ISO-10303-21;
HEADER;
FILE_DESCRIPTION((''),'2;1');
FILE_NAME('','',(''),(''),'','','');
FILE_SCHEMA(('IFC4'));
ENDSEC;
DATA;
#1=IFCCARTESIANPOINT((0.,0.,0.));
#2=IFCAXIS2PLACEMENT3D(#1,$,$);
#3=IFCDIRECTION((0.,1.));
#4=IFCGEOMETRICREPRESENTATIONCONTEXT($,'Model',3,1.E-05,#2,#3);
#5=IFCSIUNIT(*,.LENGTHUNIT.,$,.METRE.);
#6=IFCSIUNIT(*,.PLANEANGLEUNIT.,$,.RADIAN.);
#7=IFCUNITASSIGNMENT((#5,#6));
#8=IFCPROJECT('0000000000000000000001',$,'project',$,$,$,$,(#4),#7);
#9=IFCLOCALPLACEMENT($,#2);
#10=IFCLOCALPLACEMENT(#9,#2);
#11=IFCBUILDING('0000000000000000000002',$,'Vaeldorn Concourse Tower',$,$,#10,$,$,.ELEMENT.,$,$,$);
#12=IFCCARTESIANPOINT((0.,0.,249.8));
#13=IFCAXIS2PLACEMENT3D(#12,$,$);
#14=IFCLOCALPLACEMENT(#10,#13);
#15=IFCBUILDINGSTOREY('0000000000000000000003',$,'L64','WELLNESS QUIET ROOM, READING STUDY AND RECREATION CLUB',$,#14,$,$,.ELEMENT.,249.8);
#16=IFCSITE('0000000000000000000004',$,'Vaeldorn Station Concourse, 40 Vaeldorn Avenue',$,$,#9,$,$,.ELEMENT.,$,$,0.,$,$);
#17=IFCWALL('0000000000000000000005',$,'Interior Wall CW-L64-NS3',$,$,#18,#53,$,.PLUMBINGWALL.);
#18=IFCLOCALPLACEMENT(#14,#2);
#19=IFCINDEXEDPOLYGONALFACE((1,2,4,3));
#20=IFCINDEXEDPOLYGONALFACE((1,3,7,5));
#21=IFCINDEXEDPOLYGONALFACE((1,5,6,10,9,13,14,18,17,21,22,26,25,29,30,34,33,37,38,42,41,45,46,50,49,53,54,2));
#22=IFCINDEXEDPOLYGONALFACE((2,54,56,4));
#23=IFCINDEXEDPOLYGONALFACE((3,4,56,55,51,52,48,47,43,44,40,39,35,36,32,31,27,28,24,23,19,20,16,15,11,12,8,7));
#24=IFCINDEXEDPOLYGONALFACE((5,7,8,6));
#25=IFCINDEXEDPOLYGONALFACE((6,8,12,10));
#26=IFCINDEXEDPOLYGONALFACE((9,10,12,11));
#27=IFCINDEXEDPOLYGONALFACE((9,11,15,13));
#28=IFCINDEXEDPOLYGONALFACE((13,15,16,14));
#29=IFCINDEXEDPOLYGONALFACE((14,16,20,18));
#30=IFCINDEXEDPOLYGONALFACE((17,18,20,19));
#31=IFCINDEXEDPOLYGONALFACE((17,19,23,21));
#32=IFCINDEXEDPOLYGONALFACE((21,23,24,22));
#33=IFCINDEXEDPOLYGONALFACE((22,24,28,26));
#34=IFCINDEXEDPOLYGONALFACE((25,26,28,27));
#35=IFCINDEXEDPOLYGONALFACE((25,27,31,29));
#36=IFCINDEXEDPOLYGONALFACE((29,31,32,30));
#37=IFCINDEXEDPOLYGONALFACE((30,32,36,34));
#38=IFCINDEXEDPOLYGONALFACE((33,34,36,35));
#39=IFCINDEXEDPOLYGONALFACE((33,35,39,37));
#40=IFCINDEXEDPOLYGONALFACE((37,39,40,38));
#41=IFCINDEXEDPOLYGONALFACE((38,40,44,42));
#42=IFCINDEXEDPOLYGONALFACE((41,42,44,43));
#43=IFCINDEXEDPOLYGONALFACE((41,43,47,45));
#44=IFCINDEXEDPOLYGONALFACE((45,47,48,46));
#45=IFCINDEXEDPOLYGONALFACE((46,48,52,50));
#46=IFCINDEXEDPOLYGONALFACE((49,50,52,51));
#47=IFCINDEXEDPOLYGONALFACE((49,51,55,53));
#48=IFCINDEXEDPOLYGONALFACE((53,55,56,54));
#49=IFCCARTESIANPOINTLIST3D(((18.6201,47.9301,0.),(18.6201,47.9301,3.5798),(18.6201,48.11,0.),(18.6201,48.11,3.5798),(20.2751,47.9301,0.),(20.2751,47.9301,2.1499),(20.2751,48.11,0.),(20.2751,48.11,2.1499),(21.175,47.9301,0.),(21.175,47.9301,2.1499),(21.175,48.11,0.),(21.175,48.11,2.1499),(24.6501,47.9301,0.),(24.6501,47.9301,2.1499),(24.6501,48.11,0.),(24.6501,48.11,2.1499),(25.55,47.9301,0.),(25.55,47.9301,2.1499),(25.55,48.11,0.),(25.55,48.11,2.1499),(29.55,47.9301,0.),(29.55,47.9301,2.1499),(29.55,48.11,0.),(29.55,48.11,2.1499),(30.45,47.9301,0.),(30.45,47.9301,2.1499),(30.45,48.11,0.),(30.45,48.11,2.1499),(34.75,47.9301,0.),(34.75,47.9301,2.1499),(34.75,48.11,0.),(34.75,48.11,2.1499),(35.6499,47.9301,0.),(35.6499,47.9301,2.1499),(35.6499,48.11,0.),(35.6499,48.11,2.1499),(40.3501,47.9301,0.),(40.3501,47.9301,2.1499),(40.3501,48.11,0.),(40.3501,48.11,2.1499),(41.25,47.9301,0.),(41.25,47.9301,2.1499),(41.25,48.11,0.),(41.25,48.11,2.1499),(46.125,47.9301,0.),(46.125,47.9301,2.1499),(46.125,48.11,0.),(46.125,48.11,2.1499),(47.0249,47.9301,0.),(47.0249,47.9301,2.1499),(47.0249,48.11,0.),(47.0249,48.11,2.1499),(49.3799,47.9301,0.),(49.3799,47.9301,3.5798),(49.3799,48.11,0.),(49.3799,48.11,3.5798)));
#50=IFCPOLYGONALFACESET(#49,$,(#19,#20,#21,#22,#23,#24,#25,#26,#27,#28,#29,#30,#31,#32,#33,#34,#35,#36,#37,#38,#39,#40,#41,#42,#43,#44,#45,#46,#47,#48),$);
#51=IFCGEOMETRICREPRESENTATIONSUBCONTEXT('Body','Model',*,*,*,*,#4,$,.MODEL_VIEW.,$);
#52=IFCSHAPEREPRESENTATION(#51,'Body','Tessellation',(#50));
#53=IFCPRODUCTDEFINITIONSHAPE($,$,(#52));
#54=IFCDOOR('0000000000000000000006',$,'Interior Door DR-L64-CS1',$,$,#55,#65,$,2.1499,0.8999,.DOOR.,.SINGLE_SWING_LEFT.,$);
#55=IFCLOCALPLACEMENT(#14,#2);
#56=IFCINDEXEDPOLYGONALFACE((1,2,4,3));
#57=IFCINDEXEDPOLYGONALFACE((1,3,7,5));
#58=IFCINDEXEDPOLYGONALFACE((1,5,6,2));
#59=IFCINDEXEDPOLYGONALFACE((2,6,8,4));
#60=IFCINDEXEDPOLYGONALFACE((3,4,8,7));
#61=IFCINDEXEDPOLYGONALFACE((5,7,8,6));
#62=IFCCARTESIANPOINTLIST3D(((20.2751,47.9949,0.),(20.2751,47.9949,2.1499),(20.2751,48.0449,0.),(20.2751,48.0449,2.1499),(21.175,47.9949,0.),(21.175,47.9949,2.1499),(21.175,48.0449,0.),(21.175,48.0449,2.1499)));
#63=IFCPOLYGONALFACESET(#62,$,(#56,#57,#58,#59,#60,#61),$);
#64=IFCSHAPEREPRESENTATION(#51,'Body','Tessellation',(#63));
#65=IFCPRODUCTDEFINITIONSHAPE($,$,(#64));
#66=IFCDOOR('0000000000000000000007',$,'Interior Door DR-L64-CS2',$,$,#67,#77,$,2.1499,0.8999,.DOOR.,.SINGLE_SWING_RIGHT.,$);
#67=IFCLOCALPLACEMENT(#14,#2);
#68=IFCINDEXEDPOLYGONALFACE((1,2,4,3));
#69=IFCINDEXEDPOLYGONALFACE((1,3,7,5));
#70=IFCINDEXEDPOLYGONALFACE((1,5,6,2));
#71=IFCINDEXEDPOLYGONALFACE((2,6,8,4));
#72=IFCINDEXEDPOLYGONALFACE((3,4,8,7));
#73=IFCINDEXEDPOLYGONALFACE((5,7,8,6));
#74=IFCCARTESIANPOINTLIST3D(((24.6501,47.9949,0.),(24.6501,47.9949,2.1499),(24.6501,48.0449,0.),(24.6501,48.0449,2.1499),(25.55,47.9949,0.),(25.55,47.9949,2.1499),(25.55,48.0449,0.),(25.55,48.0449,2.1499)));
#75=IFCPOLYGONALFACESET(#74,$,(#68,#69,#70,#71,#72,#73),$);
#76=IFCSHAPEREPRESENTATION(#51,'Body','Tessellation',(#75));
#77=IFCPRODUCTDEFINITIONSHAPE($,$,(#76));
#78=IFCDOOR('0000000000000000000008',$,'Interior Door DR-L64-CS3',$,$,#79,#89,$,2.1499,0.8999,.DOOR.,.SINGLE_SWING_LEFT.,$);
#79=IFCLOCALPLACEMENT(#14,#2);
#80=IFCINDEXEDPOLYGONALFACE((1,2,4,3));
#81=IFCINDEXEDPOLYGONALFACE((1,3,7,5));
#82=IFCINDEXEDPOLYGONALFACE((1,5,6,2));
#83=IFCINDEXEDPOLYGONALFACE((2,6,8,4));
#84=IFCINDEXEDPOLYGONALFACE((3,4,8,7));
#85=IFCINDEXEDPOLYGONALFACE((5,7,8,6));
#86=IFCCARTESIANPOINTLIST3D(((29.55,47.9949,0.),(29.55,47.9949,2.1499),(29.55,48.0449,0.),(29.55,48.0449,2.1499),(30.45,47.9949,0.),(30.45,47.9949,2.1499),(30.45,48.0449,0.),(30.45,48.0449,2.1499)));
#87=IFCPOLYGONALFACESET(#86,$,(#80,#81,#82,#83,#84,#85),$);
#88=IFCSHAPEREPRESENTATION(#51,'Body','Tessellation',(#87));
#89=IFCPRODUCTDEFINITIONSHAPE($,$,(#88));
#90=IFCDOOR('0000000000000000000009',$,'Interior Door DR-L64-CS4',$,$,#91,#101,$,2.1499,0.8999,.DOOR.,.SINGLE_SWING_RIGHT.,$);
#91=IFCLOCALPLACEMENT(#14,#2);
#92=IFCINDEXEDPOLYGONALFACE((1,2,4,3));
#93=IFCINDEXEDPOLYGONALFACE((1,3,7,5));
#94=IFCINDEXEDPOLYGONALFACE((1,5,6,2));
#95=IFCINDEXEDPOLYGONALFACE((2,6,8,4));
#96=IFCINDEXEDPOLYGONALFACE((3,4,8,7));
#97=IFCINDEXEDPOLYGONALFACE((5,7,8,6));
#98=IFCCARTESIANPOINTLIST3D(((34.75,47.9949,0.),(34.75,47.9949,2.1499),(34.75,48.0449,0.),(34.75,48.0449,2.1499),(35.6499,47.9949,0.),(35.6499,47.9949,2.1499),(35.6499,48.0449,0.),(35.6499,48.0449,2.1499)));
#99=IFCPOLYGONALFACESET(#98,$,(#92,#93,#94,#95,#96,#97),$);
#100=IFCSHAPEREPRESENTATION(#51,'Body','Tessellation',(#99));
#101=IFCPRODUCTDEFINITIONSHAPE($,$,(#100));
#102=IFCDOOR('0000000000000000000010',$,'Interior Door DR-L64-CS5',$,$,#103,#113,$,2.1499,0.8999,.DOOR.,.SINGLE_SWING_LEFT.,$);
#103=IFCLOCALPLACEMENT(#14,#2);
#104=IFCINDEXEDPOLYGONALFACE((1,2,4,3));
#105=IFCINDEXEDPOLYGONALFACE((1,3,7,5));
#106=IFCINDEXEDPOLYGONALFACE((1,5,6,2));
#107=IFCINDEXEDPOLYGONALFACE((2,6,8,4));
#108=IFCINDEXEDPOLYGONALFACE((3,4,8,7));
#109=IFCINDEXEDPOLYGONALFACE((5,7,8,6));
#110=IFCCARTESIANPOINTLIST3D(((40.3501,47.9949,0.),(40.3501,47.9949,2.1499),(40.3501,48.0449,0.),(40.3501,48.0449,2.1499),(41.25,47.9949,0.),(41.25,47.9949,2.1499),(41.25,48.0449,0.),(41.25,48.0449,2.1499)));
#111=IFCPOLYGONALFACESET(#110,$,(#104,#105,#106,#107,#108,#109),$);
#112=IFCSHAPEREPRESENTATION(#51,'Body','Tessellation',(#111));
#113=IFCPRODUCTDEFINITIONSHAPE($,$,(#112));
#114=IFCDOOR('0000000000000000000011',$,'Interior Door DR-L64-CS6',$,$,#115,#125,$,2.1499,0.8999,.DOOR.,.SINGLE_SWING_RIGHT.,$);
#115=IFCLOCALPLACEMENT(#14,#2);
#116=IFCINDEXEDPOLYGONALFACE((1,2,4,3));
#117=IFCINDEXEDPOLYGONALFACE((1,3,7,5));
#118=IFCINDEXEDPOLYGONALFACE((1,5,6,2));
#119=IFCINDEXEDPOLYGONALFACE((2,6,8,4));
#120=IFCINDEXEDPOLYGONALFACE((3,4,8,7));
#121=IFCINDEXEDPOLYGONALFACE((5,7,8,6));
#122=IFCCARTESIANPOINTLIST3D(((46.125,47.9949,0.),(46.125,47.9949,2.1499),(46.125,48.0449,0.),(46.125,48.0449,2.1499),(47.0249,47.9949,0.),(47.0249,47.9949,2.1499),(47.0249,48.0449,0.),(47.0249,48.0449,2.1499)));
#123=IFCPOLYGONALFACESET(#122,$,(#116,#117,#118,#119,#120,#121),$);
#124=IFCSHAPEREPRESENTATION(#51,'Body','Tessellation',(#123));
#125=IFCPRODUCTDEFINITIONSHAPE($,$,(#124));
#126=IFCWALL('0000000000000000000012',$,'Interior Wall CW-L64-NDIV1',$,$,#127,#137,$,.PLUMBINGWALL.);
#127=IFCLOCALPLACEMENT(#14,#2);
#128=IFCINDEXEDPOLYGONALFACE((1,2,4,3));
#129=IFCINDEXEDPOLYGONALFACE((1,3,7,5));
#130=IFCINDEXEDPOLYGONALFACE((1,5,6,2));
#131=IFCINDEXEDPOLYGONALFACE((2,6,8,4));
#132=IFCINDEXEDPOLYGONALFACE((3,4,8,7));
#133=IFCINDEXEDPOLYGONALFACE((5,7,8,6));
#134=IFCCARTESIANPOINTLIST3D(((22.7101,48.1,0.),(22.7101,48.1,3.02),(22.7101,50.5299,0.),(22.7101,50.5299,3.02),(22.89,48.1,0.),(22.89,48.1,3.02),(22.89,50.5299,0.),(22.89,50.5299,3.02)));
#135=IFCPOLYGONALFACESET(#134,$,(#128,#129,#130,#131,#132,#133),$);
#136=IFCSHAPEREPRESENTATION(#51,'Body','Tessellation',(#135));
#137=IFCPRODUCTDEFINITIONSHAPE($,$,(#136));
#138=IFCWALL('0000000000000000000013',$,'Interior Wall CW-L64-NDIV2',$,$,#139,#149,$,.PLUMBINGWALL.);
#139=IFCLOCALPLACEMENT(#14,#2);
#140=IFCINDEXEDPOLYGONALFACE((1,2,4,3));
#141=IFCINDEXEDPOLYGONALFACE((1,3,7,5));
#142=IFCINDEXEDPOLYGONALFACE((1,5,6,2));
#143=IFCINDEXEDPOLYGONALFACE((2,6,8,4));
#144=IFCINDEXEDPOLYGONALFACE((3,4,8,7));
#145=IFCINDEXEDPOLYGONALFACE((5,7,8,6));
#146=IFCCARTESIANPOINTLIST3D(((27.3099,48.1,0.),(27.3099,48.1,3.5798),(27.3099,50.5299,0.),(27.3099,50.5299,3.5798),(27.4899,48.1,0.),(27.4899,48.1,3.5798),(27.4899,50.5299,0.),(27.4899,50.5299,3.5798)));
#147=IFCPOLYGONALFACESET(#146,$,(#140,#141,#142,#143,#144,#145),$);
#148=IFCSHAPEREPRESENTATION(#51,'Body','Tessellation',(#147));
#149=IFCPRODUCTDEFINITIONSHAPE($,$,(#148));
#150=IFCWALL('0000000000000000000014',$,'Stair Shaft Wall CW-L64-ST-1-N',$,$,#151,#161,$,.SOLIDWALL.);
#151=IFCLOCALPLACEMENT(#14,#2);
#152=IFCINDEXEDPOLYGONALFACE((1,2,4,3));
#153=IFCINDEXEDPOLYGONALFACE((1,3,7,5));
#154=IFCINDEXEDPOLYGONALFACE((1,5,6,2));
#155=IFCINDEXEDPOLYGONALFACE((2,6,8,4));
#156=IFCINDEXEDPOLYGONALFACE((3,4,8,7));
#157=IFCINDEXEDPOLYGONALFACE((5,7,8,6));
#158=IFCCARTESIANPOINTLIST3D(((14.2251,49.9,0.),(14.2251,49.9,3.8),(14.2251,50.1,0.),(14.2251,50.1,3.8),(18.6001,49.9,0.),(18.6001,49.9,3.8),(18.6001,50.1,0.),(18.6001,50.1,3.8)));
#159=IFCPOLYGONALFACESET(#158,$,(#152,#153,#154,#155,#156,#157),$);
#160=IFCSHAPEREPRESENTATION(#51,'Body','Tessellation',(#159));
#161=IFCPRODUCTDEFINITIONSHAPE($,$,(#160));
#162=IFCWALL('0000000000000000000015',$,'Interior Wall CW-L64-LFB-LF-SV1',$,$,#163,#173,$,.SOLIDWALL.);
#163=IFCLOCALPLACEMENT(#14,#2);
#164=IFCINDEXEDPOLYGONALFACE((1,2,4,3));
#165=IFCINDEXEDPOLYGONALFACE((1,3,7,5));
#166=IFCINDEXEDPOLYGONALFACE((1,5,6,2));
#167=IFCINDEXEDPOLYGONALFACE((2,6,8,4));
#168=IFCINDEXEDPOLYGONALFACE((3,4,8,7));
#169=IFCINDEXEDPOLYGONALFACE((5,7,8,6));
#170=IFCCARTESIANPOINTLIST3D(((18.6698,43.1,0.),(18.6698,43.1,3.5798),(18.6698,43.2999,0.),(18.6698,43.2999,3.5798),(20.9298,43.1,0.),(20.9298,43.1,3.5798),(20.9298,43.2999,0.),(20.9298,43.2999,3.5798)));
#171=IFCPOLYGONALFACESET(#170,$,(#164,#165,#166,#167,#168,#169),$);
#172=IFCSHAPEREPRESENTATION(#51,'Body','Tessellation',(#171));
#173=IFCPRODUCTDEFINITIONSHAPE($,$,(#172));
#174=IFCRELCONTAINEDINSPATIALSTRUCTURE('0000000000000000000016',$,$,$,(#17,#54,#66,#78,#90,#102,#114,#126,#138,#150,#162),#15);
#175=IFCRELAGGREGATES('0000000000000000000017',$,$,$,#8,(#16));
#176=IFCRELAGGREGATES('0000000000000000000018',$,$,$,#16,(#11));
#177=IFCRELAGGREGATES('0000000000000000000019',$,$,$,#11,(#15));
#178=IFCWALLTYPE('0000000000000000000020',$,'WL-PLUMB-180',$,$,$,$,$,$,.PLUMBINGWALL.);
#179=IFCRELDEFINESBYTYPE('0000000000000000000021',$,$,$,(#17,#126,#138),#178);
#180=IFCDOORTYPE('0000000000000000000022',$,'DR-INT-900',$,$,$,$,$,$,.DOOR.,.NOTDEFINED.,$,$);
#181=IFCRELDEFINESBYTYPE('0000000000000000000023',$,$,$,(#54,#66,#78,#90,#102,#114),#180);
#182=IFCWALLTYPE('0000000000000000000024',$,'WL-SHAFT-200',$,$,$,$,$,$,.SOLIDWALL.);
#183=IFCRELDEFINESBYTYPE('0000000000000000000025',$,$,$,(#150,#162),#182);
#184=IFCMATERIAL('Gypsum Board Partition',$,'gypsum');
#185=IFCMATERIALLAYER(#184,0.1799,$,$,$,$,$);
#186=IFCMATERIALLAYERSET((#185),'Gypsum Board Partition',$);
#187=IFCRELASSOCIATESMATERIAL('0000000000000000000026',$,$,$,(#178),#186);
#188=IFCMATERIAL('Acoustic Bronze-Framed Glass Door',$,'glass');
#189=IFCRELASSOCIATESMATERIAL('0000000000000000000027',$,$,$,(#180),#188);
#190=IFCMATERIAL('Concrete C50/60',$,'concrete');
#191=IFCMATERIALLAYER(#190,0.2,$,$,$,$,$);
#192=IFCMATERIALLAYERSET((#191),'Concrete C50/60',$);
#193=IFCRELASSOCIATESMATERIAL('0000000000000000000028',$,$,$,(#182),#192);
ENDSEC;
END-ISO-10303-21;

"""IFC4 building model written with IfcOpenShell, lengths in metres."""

from ifc_helpers import new_model, si_unit, direction, frame, frame_2d, origin, place, context, subcontext, project, spatial, rectangle, extrude, source, transform, mapped, material, layer, layer_set, type_object, element, fill, save


model = new_model("IFC4")

# Units and contexts
model_context = context("Model", 3, precision=1e-05, world=origin(), true_north=direction((0.0, 1.0)))
body_context = subcontext(model_context, "Body", "Model", "MODEL_VIEW")
ifc_project = project(units=[si_unit("LENGTHUNIT", "METRE"), si_unit("PLANEANGLEUNIT", "RADIAN")], contexts=[model_context])

# Site, building, storey
site_placement = place(None, origin())
site = spatial("IfcSite", under=ifc_project, at=site_placement, Name="Vaeldorn Station Concourse, 40 Vaeldorn Avenue", CompositionType="ELEMENT", RefElevation=0.0)
building_placement = place(site_placement, origin())
building = spatial("IfcBuilding", under=site, at=building_placement, Name="Vaeldorn Concourse Tower", CompositionType="ELEMENT")
storey_placement = place(building_placement, frame((0.0, 0.0, 249.8)))
storey = spatial("IfcBuildingStorey", under=building, at=storey_placement, Name="L64", Description="WELLNESS QUIET ROOM, READING STUDY AND RECREATION CLUB", CompositionType="ELEMENT", Elevation=249.8)

# Shared definitions
ifc_material_1 = material(Name="Concrete C50/60", Category="concrete")
ifc_material_2 = material(Name="Gypsum Board Partition", Category="gypsum")

# Wall, openings, doors
ifc_layer_1 = layer(ifc_material_2, 0.1799)
ifc_layer_set_1 = layer_set([ifc_layer_1], Name="Gypsum Board Partition")
wall_type_1 = type_object("IfcWallType", Name="WL-PLUMB-180", PredefinedType="PLUMBINGWALL", material=ifc_layer_set_1)
wall_1_placement = place(storey_placement, frame((18.6201, 48.02, 0.0), z_axis=(0.0, 0.0, 1.0), x_axis=(1.0, 0.0, 0.0)))
wall_1 = element("IfcWall", 1, at=wall_1_placement, inside=storey, type_object=wall_type_1, Name="Interior Wall CW-L64-NS3", PredefinedType="PLUMBINGWALL", context=body_context, shape_type="SweptSolid", body=[
    extrude(rectangle(XDim=30.7598, YDim=0.1799, at=frame_2d((15.3799, 0.0))), origin(), (0.0, 0.0, 1.0), 3.5798),
])
opening_1_placement = place(wall_1_placement, frame((1.655, 0.0, 0.0)))
opening_1 = element("IfcOpeningElement", 2, at=opening_1_placement, cuts=wall_1, PredefinedType="OPENING", context=body_context, shape_type="SweptSolid", body=[
    extrude(rectangle(XDim=0.8999, YDim=2.1499, at=frame_2d((0.45, 1.075))), frame((0.0, 0.1001, 0.0), z_axis=(0.0, -1.0, 0.0), x_axis=(1.0, 0.0, 0.0)), (0.0, 0.0, 1.0), 0.2),
])
opening_2_placement = place(wall_1_placement, frame((6.03, 0.0, 0.0)))
opening_2 = element("IfcOpeningElement", 3, at=opening_2_placement, cuts=wall_1, PredefinedType="OPENING", context=body_context, shape_type="SweptSolid", body=[
    extrude(rectangle(XDim=0.8999, YDim=2.1499, at=frame_2d((0.45, 1.075))), frame((0.0, 0.1001, 0.0), z_axis=(0.0, -1.0, 0.0), x_axis=(1.0, 0.0, 0.0)), (0.0, 0.0, 1.0), 0.2),
])
opening_3_placement = place(wall_1_placement, frame((10.9299, 0.0, 0.0)))
opening_3 = element("IfcOpeningElement", 4, at=opening_3_placement, cuts=wall_1, PredefinedType="OPENING", context=body_context, shape_type="SweptSolid", body=[
    extrude(rectangle(XDim=0.8999, YDim=2.1499, at=frame_2d((0.45, 1.075))), frame((0.0, 0.1001, 0.0), z_axis=(0.0, -1.0, 0.0), x_axis=(1.0, 0.0, 0.0)), (0.0, 0.0, 1.0), 0.2),
])
opening_4_placement = place(wall_1_placement, frame((16.1299, 0.0, 0.0)))
opening_4 = element("IfcOpeningElement", 5, at=opening_4_placement, cuts=wall_1, PredefinedType="OPENING", context=body_context, shape_type="SweptSolid", body=[
    extrude(rectangle(XDim=0.8999, YDim=2.1499, at=frame_2d((0.45, 1.075))), frame((0.0, 0.1001, 0.0), z_axis=(0.0, -1.0, 0.0), x_axis=(1.0, 0.0, 0.0)), (0.0, 0.0, 1.0), 0.2),
])
opening_5_placement = place(wall_1_placement, frame((21.73, 0.0, 0.0)))
opening_5 = element("IfcOpeningElement", 6, at=opening_5_placement, cuts=wall_1, PredefinedType="OPENING", context=body_context, shape_type="SweptSolid", body=[
    extrude(rectangle(XDim=0.8999, YDim=2.1499, at=frame_2d((0.45, 1.075))), frame((0.0, 0.1001, 0.0), z_axis=(0.0, -1.0, 0.0), x_axis=(1.0, 0.0, 0.0)), (0.0, 0.0, 1.0), 0.2),
])
opening_6_placement = place(wall_1_placement, frame((27.5049, 0.0, 0.0)))
opening_6 = element("IfcOpeningElement", 7, at=opening_6_placement, cuts=wall_1, PredefinedType="OPENING", context=body_context, shape_type="SweptSolid", body=[
    extrude(rectangle(XDim=0.8999, YDim=2.1499, at=frame_2d((0.45, 1.075))), frame((0.0, 0.1001, 0.0), z_axis=(0.0, -1.0, 0.0), x_axis=(1.0, 0.0, 0.0)), (0.0, 0.0, 1.0), 0.2),
])
ifc_material_3 = material(Name="Acoustic Bronze-Framed Glass Door", Category="glass")
door_type_1 = type_object("IfcDoorType", Name="DR-INT-900", OperationType="NOTDEFINED", PredefinedType="DOOR", material=ifc_material_3)
shared_shape_1 = source(origin(), body_context, "Body", "SweptSolid", [
    extrude(rectangle(XDim=0.8999, YDim=2.1499, at=frame_2d((0.45, 1.075))), frame((0.0, 0.0249, 0.0), z_axis=(0.0, -1.0, 0.0), x_axis=(1.0, 0.0, 0.0)), (0.0, 0.0, 1.0), 0.05),
])
door_1_placement = place(opening_1_placement, origin())
door_1 = element("IfcDoor", 8, at=door_1_placement, inside=storey, type_object=door_type_1, Name="Interior Door DR-L64-CS1", OperationType="SINGLE_SWING_LEFT", OverallHeight=2.1499, OverallWidth=0.8999, PredefinedType="DOOR", context=body_context, shape_type="MappedRepresentation", body=[
    mapped(shared_shape_1, transform((0.0, 0.0, 0.0), scale=1.0)),
])
fill(opening_1, door_1)
door_2_placement = place(opening_2_placement, origin())
door_2 = element("IfcDoor", 9, at=door_2_placement, inside=storey, type_object=door_type_1, Name="Interior Door DR-L64-CS2", OperationType="SINGLE_SWING_RIGHT", OverallHeight=2.1499, OverallWidth=0.8999, PredefinedType="DOOR", context=body_context, shape_type="MappedRepresentation", body=[
    mapped(shared_shape_1, transform((0.0, 0.0, 0.0), scale=1.0)),
])
fill(opening_2, door_2)
door_3_placement = place(opening_3_placement, origin())
door_3 = element("IfcDoor", 10, at=door_3_placement, inside=storey, type_object=door_type_1, Name="Interior Door DR-L64-CS3", OperationType="SINGLE_SWING_LEFT", OverallHeight=2.1499, OverallWidth=0.8999, PredefinedType="DOOR", context=body_context, shape_type="MappedRepresentation", body=[
    mapped(shared_shape_1, transform((0.0, 0.0, 0.0), scale=1.0)),
])
fill(opening_3, door_3)
door_4_placement = place(opening_4_placement, origin())
door_4 = element("IfcDoor", 11, at=door_4_placement, inside=storey, type_object=door_type_1, Name="Interior Door DR-L64-CS4", OperationType="SINGLE_SWING_RIGHT", OverallHeight=2.1499, OverallWidth=0.8999, PredefinedType="DOOR", context=body_context, shape_type="MappedRepresentation", body=[
    mapped(shared_shape_1, transform((0.0, 0.0, 0.0), scale=1.0)),
])
fill(opening_4, door_4)
door_5_placement = place(opening_5_placement, origin())
door_5 = element("IfcDoor", 12, at=door_5_placement, inside=storey, type_object=door_type_1, Name="Interior Door DR-L64-CS5", OperationType="SINGLE_SWING_LEFT", OverallHeight=2.1499, OverallWidth=0.8999, PredefinedType="DOOR", context=body_context, shape_type="MappedRepresentation", body=[
    mapped(shared_shape_1, transform((0.0, 0.0, 0.0), scale=1.0)),
])
fill(opening_5, door_5)
door_6_placement = place(opening_6_placement, origin())
door_6 = element("IfcDoor", 13, at=door_6_placement, inside=storey, type_object=door_type_1, Name="Interior Door DR-L64-CS6", OperationType="SINGLE_SWING_RIGHT", OverallHeight=2.1499, OverallWidth=0.8999, PredefinedType="DOOR", context=body_context, shape_type="MappedRepresentation", body=[
    mapped(shared_shape_1, transform((0.0, 0.0, 0.0), scale=1.0)),
])
fill(opening_6, door_6)

# Walls
wall_2_placement = place(storey_placement, frame((22.8, 48.1001, 0.0), z_axis=(0.0, 0.0, 1.0), x_axis=(0.0, 1.0, 0.0)))
element("IfcWall", 14, at=wall_2_placement, inside=storey, type_object=wall_type_1, Name="Interior Wall CW-L64-NDIV1", PredefinedType="PLUMBINGWALL", context=body_context, shape_type="SweptSolid", body=[
    extrude(rectangle(XDim=2.4299, YDim=0.1799, at=frame_2d((1.2148, 0.0))), origin(), (0.0, 0.0, 1.0), 3.02),
])
wall_3_placement = place(storey_placement, frame((27.3999, 48.1001, 0.0), z_axis=(0.0, 0.0, 1.0), x_axis=(0.0, 1.0, 0.0)))
element("IfcWall", 15, at=wall_3_placement, inside=storey, type_object=wall_type_1, Name="Interior Wall CW-L64-NDIV2", PredefinedType="PLUMBINGWALL", context=body_context, shape_type="SweptSolid", body=[
    extrude(rectangle(XDim=2.4299, YDim=0.1799, at=frame_2d((1.2148, 0.0))), origin(), (0.0, 0.0, 1.0), 3.5798),
])
ifc_layer_2 = layer(ifc_material_1, 0.2)
ifc_layer_set_2 = layer_set([ifc_layer_2], Name="Concrete C50/60")
wall_type_2 = type_object("IfcWallType", Name="WL-SHAFT-200", PredefinedType="SOLIDWALL", material=ifc_layer_set_2)
wall_4_placement = place(storey_placement, frame((14.2251, 50.0, 0.0), z_axis=(0.0, 0.0, 1.0), x_axis=(1.0, 0.0, 0.0)))
element("IfcWall", 16, at=wall_4_placement, inside=storey, type_object=wall_type_2, Name="Stair Shaft Wall CW-L64-ST-1-N", PredefinedType="SOLIDWALL", context=body_context, shape_type="SweptSolid", body=[
    extrude(rectangle(XDim=4.375, YDim=0.2, at=frame_2d((2.1875, 0.0))), origin(), (0.0, 0.0, 1.0), 3.8),
])

# Wall
wall_5_placement = place(storey_placement, frame((18.6699, 43.2, 0.0), z_axis=(0.0, 0.0, 1.0), x_axis=(1.0, 0.0, 0.0)))
element("IfcWall", 17, at=wall_5_placement, inside=storey, type_object=wall_type_2, Name="Interior Wall CW-L64-LFB-LF-SV1", PredefinedType="SOLIDWALL", context=body_context, shape_type="SweptSolid", body=[
    extrude(rectangle(XDim=2.26, YDim=0.2, at=frame_2d((1.1299, 0.0))), origin(), (0.0, 0.0, 1.0), 3.5798),
])

save(model, "model.ifc")
